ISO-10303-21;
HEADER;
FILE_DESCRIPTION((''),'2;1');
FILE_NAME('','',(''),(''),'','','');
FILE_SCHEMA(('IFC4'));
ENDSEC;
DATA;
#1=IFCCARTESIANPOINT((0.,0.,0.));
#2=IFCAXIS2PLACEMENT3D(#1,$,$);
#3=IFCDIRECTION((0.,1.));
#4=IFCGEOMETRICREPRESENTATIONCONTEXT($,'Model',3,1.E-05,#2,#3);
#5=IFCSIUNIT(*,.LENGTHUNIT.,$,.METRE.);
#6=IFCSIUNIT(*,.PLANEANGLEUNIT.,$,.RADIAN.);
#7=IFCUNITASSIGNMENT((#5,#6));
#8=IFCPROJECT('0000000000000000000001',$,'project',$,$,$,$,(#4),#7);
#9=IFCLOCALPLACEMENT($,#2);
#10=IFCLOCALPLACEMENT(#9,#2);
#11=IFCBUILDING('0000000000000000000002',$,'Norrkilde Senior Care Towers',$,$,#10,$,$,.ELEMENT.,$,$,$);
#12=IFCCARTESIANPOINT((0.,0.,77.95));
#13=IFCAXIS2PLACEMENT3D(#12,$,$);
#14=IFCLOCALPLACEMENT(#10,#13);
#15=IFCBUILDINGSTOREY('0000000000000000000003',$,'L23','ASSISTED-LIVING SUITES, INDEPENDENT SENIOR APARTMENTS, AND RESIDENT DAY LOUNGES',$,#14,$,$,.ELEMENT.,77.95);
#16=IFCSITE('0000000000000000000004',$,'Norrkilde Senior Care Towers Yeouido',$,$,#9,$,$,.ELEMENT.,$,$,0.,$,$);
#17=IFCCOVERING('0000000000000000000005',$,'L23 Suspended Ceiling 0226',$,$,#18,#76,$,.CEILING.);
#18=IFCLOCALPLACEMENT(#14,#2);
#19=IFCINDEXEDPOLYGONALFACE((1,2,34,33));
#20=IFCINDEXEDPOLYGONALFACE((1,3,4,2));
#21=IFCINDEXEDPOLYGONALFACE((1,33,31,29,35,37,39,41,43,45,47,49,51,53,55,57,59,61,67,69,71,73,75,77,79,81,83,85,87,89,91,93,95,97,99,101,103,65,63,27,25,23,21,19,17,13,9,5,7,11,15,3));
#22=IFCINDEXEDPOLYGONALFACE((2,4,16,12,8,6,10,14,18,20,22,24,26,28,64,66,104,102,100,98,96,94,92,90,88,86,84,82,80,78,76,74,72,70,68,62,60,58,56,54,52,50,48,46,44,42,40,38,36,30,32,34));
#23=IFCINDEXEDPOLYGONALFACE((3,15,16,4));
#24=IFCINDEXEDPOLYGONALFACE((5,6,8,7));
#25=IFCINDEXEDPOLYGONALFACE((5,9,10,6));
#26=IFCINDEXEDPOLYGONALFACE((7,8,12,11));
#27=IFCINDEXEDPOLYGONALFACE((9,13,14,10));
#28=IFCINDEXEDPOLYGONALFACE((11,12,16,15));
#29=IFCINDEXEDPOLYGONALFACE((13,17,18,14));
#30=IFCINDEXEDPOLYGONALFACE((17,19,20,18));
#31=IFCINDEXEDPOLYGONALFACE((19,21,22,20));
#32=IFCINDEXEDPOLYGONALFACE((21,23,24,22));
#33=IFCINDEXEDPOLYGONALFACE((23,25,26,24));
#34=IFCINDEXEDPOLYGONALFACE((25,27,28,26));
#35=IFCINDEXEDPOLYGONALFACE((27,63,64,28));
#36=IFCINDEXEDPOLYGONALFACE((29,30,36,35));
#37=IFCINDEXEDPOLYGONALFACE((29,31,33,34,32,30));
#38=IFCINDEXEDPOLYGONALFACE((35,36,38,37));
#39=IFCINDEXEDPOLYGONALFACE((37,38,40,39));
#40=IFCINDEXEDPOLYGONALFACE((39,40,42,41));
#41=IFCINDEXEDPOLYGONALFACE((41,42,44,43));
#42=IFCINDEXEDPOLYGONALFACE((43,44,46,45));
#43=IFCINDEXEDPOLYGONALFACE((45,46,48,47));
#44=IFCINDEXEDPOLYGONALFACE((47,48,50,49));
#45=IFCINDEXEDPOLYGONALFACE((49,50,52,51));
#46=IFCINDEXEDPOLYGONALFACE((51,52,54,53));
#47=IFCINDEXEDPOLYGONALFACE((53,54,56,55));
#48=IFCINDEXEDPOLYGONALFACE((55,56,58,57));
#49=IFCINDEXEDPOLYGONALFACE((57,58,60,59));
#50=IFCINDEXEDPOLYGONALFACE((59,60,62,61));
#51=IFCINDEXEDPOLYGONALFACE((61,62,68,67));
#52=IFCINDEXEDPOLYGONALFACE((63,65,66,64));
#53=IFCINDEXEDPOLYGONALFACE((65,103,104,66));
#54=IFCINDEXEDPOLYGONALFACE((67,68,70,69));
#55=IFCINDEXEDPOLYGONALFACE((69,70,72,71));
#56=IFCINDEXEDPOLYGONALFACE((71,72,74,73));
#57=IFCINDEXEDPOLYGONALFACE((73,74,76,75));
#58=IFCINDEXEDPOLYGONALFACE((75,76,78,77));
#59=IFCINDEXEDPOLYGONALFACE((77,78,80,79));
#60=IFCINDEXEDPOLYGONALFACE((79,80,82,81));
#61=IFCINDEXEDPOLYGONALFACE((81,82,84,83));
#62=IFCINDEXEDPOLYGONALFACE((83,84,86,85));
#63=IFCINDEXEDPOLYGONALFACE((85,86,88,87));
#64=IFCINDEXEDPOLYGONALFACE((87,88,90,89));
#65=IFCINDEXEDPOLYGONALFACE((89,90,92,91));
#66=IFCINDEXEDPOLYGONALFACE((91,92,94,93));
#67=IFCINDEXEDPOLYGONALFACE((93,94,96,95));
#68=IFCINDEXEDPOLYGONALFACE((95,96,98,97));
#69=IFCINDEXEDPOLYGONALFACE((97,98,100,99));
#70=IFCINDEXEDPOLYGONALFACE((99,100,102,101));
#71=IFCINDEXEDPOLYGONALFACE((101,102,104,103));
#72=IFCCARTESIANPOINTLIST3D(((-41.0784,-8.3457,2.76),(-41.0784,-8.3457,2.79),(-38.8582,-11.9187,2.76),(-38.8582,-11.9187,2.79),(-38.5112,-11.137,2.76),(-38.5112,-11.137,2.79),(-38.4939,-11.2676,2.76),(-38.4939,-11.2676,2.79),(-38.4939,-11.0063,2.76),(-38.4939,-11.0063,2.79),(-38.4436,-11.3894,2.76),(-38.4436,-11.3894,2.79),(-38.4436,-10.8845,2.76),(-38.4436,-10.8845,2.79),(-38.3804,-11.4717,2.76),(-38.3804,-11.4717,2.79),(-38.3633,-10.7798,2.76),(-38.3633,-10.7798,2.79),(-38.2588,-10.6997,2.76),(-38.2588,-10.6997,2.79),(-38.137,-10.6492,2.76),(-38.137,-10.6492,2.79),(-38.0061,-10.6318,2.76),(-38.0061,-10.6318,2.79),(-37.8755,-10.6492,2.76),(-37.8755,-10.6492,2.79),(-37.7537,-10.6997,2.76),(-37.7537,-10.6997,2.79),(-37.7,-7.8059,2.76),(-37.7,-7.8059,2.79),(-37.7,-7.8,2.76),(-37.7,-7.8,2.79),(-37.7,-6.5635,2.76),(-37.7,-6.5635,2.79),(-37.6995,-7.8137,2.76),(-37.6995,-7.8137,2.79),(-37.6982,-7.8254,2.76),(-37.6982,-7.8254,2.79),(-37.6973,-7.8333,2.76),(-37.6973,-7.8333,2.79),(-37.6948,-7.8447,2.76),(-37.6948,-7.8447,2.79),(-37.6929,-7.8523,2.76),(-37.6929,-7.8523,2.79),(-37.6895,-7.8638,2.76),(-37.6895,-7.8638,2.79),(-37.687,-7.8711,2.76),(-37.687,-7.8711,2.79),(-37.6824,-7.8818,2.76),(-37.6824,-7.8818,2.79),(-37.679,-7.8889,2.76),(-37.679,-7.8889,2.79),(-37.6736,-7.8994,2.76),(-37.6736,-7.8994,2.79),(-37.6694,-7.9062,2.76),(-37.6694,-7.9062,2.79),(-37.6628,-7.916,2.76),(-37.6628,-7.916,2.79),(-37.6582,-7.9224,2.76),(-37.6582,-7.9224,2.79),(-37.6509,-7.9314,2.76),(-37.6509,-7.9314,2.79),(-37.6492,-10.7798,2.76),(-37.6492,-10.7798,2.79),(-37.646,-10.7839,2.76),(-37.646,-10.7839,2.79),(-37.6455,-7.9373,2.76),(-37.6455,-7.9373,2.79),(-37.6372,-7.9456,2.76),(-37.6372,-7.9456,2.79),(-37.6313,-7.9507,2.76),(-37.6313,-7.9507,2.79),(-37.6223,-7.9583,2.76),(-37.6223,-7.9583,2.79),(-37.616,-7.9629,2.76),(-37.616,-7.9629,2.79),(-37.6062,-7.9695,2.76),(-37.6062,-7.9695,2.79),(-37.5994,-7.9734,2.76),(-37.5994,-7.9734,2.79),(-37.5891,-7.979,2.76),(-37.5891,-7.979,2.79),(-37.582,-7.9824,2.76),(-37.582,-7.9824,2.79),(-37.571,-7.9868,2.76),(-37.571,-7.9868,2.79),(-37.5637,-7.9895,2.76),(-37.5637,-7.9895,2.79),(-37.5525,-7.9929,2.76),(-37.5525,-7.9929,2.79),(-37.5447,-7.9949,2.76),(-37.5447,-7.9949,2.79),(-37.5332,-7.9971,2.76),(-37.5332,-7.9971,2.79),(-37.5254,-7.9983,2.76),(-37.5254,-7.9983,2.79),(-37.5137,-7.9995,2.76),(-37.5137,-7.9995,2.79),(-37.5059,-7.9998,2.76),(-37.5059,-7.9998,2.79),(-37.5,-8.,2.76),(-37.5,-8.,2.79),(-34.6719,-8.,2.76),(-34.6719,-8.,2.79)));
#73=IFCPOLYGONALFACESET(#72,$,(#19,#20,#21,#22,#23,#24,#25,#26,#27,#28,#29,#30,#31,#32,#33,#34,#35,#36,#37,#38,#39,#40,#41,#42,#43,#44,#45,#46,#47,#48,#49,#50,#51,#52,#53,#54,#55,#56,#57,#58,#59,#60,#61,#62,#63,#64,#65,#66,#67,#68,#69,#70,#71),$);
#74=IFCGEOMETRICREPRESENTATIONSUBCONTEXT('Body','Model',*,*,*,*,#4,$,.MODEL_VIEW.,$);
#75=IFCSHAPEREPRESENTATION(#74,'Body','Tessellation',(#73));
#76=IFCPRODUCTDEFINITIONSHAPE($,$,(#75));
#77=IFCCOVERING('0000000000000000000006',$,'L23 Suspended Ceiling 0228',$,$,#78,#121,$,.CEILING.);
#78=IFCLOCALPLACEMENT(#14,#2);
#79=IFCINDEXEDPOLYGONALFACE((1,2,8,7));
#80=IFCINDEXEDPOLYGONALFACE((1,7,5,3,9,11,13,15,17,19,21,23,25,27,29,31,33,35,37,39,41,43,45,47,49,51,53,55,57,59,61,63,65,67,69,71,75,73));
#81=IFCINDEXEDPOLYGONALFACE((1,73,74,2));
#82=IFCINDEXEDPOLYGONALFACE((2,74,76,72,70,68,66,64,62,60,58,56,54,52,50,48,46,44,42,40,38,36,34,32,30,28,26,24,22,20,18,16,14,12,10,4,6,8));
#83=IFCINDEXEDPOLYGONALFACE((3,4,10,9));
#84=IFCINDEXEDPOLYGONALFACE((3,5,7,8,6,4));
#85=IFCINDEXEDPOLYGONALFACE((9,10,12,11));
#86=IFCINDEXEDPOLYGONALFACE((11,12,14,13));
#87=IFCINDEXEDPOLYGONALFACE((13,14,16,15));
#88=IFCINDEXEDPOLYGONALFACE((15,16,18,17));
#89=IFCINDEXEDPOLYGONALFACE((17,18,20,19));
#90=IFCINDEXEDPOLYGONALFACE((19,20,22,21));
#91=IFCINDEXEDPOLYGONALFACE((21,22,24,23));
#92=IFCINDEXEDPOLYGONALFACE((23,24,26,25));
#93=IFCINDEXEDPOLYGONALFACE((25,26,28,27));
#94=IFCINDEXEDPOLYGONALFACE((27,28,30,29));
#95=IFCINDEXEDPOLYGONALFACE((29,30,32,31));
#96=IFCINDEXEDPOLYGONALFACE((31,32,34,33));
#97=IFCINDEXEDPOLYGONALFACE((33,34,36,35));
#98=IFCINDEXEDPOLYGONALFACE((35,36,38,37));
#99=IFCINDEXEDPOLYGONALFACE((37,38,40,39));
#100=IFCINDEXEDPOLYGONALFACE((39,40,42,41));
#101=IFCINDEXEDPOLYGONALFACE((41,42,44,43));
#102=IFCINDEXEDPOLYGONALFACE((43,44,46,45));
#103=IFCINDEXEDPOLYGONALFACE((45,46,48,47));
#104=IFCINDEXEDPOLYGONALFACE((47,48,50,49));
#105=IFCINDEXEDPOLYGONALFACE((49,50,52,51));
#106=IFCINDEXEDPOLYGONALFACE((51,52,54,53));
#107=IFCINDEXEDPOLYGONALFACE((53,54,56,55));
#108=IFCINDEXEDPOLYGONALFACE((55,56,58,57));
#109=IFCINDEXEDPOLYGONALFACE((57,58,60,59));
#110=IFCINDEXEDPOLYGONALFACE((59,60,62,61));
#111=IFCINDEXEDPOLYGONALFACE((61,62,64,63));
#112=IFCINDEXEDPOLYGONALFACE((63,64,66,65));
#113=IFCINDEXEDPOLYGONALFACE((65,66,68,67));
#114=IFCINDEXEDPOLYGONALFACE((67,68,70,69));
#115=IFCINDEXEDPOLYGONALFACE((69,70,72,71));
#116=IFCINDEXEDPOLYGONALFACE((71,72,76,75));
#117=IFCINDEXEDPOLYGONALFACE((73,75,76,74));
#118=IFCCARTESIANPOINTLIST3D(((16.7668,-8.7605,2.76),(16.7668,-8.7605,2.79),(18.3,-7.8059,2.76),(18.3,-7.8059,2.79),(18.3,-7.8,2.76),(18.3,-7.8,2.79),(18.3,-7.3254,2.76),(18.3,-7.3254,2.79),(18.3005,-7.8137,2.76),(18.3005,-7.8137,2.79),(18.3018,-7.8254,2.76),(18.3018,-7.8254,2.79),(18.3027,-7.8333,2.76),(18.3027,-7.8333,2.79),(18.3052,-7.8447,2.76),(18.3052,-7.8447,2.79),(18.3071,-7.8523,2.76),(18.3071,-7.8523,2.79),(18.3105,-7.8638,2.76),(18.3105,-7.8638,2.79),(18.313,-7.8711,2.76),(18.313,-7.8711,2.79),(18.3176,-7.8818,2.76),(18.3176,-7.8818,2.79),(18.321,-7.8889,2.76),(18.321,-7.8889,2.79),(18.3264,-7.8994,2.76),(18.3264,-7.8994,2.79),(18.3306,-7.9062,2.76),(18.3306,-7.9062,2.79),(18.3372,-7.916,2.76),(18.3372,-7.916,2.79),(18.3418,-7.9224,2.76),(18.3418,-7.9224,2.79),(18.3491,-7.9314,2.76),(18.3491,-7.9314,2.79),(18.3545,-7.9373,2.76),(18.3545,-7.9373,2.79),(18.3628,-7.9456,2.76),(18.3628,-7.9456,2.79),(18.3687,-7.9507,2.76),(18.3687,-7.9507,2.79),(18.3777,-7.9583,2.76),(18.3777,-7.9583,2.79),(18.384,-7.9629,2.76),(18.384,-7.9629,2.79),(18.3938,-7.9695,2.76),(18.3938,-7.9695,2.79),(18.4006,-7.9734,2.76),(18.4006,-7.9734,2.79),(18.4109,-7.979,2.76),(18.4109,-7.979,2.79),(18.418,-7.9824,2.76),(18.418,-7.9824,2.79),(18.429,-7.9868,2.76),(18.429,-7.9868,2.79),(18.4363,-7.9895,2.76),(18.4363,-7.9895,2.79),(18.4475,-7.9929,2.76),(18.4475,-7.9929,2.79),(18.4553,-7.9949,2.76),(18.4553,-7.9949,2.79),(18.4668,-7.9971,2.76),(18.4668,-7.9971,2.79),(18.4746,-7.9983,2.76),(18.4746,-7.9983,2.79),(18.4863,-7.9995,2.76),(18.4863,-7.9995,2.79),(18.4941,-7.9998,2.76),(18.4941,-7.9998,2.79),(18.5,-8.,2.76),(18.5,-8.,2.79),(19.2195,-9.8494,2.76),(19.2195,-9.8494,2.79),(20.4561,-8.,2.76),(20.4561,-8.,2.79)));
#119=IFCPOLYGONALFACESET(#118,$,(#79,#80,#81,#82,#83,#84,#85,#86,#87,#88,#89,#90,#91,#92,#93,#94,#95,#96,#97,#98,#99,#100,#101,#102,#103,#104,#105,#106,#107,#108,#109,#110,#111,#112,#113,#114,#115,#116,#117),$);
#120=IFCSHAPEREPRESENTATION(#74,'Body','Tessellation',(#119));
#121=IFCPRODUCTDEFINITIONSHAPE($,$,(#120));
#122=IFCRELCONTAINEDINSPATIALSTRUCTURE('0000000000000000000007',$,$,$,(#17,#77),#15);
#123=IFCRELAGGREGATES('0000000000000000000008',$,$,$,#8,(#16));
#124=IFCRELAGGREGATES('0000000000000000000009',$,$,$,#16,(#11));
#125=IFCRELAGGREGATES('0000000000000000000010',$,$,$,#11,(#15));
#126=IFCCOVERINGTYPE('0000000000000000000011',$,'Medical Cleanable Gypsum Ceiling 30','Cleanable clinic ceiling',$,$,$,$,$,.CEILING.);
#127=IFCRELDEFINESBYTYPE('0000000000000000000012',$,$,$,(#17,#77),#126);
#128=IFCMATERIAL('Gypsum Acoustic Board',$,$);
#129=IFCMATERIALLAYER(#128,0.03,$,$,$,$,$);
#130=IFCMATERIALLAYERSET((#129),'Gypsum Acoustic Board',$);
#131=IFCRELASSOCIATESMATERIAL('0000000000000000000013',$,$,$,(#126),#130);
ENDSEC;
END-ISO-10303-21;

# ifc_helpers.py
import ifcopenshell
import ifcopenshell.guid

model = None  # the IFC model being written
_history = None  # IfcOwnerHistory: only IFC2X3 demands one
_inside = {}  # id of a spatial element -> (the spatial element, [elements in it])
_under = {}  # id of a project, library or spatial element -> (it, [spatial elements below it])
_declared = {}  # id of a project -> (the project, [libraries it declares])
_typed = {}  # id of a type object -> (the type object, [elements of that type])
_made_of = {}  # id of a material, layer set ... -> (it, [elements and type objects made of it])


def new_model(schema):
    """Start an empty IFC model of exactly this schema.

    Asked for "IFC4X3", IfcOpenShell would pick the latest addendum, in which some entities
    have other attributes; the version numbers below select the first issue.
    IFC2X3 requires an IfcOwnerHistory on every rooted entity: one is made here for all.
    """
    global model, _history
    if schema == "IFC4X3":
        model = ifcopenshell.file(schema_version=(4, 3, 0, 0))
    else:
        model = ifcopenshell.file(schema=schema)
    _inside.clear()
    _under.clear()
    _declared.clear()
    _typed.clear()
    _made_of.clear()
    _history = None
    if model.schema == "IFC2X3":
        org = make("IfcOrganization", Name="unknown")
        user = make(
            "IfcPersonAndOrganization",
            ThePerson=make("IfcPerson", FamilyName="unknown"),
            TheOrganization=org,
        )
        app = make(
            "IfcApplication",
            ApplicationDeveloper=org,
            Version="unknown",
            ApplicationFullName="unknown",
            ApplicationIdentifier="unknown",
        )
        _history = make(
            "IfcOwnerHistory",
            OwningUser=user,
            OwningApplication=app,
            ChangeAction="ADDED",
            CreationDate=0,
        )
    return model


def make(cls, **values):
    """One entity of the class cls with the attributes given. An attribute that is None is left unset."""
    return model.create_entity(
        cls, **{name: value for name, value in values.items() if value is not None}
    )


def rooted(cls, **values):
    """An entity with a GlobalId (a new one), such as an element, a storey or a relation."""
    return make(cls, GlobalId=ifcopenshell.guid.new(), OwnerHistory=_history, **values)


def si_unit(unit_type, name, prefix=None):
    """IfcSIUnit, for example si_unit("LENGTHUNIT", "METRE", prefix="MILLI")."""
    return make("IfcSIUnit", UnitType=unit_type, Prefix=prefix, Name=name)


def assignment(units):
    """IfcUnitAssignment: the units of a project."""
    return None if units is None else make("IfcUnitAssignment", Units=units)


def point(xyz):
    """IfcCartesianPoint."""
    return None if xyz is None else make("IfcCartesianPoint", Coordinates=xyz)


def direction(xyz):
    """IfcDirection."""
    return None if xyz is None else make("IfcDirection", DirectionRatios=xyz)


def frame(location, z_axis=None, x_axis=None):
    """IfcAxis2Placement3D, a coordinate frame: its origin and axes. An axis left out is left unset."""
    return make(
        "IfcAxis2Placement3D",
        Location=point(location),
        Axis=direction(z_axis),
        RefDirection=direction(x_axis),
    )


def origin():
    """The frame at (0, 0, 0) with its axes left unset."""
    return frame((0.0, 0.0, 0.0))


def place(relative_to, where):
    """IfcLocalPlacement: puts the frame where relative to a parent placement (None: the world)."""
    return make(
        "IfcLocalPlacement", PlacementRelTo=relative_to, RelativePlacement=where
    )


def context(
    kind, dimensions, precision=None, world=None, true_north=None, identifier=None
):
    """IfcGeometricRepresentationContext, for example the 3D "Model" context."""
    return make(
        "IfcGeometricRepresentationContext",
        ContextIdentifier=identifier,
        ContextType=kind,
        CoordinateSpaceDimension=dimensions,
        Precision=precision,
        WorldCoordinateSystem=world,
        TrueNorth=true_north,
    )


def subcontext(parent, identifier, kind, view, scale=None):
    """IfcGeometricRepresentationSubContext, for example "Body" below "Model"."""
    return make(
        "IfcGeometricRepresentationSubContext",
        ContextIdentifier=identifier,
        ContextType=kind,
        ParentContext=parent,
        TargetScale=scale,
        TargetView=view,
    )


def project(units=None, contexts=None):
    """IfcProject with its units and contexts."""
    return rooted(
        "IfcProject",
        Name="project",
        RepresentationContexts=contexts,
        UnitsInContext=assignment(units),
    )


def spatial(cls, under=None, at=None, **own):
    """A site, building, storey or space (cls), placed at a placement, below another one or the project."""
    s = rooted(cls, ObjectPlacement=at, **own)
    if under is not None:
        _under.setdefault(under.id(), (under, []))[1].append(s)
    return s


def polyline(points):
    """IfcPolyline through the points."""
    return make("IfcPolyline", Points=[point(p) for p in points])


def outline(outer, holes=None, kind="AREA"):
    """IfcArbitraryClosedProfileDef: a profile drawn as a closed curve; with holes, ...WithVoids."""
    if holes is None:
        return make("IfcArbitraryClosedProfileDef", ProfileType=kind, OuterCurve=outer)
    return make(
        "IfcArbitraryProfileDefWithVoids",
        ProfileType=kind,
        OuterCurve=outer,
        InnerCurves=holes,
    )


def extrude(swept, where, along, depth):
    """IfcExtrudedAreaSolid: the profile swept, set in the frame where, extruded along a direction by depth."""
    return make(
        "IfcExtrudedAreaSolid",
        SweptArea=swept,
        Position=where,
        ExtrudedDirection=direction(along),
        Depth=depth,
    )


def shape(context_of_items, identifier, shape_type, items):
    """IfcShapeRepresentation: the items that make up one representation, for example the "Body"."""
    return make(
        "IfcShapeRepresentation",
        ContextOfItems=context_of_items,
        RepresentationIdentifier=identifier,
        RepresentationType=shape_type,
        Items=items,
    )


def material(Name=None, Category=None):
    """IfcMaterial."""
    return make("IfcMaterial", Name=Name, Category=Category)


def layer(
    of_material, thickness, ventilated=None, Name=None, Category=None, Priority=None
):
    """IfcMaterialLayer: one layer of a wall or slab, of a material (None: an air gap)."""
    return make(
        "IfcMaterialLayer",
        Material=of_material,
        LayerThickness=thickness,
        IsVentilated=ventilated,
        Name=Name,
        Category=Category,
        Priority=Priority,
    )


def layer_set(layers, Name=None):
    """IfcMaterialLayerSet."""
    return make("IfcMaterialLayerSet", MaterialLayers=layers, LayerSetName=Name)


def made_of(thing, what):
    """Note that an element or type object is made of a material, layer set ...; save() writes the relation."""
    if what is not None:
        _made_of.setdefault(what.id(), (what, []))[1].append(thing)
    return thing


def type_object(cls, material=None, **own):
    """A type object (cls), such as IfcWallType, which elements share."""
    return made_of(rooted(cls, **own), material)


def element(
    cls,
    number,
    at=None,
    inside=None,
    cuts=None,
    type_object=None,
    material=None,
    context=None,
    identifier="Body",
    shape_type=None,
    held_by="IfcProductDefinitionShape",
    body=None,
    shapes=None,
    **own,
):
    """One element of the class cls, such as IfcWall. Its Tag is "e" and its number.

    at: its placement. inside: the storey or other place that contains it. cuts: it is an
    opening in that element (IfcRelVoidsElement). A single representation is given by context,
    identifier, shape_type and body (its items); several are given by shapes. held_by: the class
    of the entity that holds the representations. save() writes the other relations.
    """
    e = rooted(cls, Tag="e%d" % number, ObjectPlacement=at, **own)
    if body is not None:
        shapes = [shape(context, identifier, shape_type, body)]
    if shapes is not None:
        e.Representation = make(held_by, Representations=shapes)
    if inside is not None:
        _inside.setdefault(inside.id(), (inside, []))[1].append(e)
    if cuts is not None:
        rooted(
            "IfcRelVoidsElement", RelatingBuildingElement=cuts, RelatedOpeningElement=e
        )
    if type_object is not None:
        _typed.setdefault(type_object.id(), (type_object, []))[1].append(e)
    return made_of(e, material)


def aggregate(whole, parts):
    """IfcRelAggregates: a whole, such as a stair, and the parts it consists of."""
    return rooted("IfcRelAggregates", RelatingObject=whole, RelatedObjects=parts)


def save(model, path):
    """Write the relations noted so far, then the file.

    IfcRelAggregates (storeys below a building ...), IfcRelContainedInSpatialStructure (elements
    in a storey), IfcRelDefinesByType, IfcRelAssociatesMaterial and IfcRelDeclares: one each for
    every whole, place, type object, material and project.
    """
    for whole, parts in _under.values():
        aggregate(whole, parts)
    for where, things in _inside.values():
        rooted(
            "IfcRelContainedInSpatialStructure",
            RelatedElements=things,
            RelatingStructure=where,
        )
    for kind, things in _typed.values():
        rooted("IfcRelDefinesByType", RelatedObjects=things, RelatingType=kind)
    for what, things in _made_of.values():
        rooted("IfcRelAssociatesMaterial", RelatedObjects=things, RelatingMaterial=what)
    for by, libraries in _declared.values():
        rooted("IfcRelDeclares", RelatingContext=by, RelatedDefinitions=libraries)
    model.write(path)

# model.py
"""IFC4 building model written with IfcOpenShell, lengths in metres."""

from ifc_helpers import new_model, si_unit, direction, frame, origin, place, context, subcontext, project, spatial, polyline, outline, extrude, material, layer, layer_set, type_object, element, save


model = new_model("IFC4")

# Units and contexts
model_context = context("Model", 3, precision=1e-05, world=origin(), true_north=direction((0.0, 1.0)))
body_context = subcontext(model_context, "Body", "Model", "MODEL_VIEW")
ifc_project = project(units=[si_unit("LENGTHUNIT", "METRE"), si_unit("PLANEANGLEUNIT", "RADIAN")], contexts=[model_context])

# Site, building, storey
site_placement = place(None, origin())
site = spatial("IfcSite", under=ifc_project, at=site_placement, Name="Norrkilde Senior Care Towers Yeouido", CompositionType="ELEMENT", RefElevation=0.0)
building_placement = place(site_placement, origin())
building = spatial("IfcBuilding", under=site, at=building_placement, Name="Norrkilde Senior Care Towers", CompositionType="ELEMENT")
storey_placement = place(building_placement, frame((0.0, 0.0, 77.95)))
storey = spatial("IfcBuildingStorey", under=building, at=storey_placement, Name="L23", Description="ASSISTED-LIVING SUITES, INDEPENDENT SENIOR APARTMENTS, AND RESIDENT DAY LOUNGES", CompositionType="ELEMENT", Elevation=77.95)

# Coverings
ifc_material_1 = material(Name="Gypsum Acoustic Board")
ifc_layer_1 = layer(ifc_material_1, 0.03)
ifc_layer_set_1 = layer_set([ifc_layer_1], Name="Gypsum Acoustic Board")
covering_type_1 = type_object("IfcCoveringType", Name="Medical Cleanable Gypsum Ceiling 30", Description="Cleanable clinic ceiling", PredefinedType="CEILING", material=ifc_layer_set_1)
covering_1_placement = place(storey_placement, frame((0.0, 0.0, 2.76)))
element("IfcCovering", 1, at=covering_1_placement, inside=storey, type_object=covering_type_1, Name="L23 Suspended Ceiling 0226", PredefinedType="CEILING", context=body_context, shape_type="SweptSolid", body=[
    extrude(outline(polyline([(-37.6982, -7.8254), (-37.6973, -7.8333), (-37.6948, -7.8447), (-37.6929, -7.8523), (-37.6895, -7.8638), (-37.687, -7.8711), (-37.6824, -7.8818), (-37.679, -7.8889), (-37.6736, -7.8994), (-37.6694, -7.9062), (-37.6628, -7.916), (-37.6582, -7.9224), (-37.6509, -7.9314), (-37.6455, -7.9373), (-37.6372, -7.9456), (-37.6313, -7.9507), (-37.6223, -7.9583), (-37.616, -7.9629), (-37.6062, -7.9695), (-37.5994, -7.9734), (-37.5891, -7.979), (-37.582, -7.9824), (-37.571, -7.9868), (-37.5637, -7.9895), (-37.5525, -7.9929), (-37.5447, -7.9949), (-37.5332, -7.9971), (-37.5254, -7.9983), (-37.5137, -7.9995), (-37.5059, -7.9998), (-37.5, -8.0), (-34.6719, -8.0), (-37.646, -10.7839), (-37.6492, -10.7798), (-37.7537, -10.6997), (-37.8755, -10.6492), (-38.0061, -10.6318), (-38.137, -10.6492), (-38.2588, -10.6997), (-38.3633, -10.7798), (-38.4436, -10.8845), (-38.4939, -11.0063), (-38.5112, -11.137), (-38.4939, -11.2676), (-38.4436, -11.3894), (-38.3804, -11.4717), (-38.8582, -11.9187), (-41.0784, -8.3457), (-37.7, -6.5635), (-37.7, -7.8), (-37.7, -7.8059), (-37.6995, -7.8137), (-37.6982, -7.8254)])), origin(), (0.0, 0.0, 1.0), 0.03),
])
covering_2_placement = place(storey_placement, frame((0.0, 0.0, 2.76)))
element("IfcCovering", 2, at=covering_2_placement, inside=storey, type_object=covering_type_1, Name="L23 Suspended Ceiling 0228", PredefinedType="CEILING", context=body_context, shape_type="SweptSolid", body=[
    extrude(outline(polyline([(18.3005, -7.8137), (18.3018, -7.8254), (18.3027, -7.8333), (18.3052, -7.8447), (18.3071, -7.8523), (18.3105, -7.8638), (18.313, -7.8711), (18.3176, -7.8818), (18.321, -7.8889), (18.3264, -7.8994), (18.3306, -7.9062), (18.3372, -7.916), (18.3418, -7.9224), (18.3491, -7.9314), (18.3545, -7.9373), (18.3628, -7.9456), (18.3687, -7.9507), (18.3777, -7.9583), (18.384, -7.9629), (18.3938, -7.9695), (18.4006, -7.9734), (18.4109, -7.979), (18.418, -7.9824), (18.429, -7.9868), (18.4363, -7.9895), (18.4475, -7.9929), (18.4553, -7.9949), (18.4668, -7.9971), (18.4746, -7.9983), (18.4863, -7.9995), (18.4941, -7.9998), (18.5, -8.0), (20.4561, -8.0), (19.2195, -9.8494), (16.7668, -8.7605), (18.3, -7.3254), (18.3, -7.8), (18.3, -7.8059), (18.3005, -7.8137)])), origin(), (0.0, 0.0, 1.0), 0.03),
])

save(model, "model.ifc")
